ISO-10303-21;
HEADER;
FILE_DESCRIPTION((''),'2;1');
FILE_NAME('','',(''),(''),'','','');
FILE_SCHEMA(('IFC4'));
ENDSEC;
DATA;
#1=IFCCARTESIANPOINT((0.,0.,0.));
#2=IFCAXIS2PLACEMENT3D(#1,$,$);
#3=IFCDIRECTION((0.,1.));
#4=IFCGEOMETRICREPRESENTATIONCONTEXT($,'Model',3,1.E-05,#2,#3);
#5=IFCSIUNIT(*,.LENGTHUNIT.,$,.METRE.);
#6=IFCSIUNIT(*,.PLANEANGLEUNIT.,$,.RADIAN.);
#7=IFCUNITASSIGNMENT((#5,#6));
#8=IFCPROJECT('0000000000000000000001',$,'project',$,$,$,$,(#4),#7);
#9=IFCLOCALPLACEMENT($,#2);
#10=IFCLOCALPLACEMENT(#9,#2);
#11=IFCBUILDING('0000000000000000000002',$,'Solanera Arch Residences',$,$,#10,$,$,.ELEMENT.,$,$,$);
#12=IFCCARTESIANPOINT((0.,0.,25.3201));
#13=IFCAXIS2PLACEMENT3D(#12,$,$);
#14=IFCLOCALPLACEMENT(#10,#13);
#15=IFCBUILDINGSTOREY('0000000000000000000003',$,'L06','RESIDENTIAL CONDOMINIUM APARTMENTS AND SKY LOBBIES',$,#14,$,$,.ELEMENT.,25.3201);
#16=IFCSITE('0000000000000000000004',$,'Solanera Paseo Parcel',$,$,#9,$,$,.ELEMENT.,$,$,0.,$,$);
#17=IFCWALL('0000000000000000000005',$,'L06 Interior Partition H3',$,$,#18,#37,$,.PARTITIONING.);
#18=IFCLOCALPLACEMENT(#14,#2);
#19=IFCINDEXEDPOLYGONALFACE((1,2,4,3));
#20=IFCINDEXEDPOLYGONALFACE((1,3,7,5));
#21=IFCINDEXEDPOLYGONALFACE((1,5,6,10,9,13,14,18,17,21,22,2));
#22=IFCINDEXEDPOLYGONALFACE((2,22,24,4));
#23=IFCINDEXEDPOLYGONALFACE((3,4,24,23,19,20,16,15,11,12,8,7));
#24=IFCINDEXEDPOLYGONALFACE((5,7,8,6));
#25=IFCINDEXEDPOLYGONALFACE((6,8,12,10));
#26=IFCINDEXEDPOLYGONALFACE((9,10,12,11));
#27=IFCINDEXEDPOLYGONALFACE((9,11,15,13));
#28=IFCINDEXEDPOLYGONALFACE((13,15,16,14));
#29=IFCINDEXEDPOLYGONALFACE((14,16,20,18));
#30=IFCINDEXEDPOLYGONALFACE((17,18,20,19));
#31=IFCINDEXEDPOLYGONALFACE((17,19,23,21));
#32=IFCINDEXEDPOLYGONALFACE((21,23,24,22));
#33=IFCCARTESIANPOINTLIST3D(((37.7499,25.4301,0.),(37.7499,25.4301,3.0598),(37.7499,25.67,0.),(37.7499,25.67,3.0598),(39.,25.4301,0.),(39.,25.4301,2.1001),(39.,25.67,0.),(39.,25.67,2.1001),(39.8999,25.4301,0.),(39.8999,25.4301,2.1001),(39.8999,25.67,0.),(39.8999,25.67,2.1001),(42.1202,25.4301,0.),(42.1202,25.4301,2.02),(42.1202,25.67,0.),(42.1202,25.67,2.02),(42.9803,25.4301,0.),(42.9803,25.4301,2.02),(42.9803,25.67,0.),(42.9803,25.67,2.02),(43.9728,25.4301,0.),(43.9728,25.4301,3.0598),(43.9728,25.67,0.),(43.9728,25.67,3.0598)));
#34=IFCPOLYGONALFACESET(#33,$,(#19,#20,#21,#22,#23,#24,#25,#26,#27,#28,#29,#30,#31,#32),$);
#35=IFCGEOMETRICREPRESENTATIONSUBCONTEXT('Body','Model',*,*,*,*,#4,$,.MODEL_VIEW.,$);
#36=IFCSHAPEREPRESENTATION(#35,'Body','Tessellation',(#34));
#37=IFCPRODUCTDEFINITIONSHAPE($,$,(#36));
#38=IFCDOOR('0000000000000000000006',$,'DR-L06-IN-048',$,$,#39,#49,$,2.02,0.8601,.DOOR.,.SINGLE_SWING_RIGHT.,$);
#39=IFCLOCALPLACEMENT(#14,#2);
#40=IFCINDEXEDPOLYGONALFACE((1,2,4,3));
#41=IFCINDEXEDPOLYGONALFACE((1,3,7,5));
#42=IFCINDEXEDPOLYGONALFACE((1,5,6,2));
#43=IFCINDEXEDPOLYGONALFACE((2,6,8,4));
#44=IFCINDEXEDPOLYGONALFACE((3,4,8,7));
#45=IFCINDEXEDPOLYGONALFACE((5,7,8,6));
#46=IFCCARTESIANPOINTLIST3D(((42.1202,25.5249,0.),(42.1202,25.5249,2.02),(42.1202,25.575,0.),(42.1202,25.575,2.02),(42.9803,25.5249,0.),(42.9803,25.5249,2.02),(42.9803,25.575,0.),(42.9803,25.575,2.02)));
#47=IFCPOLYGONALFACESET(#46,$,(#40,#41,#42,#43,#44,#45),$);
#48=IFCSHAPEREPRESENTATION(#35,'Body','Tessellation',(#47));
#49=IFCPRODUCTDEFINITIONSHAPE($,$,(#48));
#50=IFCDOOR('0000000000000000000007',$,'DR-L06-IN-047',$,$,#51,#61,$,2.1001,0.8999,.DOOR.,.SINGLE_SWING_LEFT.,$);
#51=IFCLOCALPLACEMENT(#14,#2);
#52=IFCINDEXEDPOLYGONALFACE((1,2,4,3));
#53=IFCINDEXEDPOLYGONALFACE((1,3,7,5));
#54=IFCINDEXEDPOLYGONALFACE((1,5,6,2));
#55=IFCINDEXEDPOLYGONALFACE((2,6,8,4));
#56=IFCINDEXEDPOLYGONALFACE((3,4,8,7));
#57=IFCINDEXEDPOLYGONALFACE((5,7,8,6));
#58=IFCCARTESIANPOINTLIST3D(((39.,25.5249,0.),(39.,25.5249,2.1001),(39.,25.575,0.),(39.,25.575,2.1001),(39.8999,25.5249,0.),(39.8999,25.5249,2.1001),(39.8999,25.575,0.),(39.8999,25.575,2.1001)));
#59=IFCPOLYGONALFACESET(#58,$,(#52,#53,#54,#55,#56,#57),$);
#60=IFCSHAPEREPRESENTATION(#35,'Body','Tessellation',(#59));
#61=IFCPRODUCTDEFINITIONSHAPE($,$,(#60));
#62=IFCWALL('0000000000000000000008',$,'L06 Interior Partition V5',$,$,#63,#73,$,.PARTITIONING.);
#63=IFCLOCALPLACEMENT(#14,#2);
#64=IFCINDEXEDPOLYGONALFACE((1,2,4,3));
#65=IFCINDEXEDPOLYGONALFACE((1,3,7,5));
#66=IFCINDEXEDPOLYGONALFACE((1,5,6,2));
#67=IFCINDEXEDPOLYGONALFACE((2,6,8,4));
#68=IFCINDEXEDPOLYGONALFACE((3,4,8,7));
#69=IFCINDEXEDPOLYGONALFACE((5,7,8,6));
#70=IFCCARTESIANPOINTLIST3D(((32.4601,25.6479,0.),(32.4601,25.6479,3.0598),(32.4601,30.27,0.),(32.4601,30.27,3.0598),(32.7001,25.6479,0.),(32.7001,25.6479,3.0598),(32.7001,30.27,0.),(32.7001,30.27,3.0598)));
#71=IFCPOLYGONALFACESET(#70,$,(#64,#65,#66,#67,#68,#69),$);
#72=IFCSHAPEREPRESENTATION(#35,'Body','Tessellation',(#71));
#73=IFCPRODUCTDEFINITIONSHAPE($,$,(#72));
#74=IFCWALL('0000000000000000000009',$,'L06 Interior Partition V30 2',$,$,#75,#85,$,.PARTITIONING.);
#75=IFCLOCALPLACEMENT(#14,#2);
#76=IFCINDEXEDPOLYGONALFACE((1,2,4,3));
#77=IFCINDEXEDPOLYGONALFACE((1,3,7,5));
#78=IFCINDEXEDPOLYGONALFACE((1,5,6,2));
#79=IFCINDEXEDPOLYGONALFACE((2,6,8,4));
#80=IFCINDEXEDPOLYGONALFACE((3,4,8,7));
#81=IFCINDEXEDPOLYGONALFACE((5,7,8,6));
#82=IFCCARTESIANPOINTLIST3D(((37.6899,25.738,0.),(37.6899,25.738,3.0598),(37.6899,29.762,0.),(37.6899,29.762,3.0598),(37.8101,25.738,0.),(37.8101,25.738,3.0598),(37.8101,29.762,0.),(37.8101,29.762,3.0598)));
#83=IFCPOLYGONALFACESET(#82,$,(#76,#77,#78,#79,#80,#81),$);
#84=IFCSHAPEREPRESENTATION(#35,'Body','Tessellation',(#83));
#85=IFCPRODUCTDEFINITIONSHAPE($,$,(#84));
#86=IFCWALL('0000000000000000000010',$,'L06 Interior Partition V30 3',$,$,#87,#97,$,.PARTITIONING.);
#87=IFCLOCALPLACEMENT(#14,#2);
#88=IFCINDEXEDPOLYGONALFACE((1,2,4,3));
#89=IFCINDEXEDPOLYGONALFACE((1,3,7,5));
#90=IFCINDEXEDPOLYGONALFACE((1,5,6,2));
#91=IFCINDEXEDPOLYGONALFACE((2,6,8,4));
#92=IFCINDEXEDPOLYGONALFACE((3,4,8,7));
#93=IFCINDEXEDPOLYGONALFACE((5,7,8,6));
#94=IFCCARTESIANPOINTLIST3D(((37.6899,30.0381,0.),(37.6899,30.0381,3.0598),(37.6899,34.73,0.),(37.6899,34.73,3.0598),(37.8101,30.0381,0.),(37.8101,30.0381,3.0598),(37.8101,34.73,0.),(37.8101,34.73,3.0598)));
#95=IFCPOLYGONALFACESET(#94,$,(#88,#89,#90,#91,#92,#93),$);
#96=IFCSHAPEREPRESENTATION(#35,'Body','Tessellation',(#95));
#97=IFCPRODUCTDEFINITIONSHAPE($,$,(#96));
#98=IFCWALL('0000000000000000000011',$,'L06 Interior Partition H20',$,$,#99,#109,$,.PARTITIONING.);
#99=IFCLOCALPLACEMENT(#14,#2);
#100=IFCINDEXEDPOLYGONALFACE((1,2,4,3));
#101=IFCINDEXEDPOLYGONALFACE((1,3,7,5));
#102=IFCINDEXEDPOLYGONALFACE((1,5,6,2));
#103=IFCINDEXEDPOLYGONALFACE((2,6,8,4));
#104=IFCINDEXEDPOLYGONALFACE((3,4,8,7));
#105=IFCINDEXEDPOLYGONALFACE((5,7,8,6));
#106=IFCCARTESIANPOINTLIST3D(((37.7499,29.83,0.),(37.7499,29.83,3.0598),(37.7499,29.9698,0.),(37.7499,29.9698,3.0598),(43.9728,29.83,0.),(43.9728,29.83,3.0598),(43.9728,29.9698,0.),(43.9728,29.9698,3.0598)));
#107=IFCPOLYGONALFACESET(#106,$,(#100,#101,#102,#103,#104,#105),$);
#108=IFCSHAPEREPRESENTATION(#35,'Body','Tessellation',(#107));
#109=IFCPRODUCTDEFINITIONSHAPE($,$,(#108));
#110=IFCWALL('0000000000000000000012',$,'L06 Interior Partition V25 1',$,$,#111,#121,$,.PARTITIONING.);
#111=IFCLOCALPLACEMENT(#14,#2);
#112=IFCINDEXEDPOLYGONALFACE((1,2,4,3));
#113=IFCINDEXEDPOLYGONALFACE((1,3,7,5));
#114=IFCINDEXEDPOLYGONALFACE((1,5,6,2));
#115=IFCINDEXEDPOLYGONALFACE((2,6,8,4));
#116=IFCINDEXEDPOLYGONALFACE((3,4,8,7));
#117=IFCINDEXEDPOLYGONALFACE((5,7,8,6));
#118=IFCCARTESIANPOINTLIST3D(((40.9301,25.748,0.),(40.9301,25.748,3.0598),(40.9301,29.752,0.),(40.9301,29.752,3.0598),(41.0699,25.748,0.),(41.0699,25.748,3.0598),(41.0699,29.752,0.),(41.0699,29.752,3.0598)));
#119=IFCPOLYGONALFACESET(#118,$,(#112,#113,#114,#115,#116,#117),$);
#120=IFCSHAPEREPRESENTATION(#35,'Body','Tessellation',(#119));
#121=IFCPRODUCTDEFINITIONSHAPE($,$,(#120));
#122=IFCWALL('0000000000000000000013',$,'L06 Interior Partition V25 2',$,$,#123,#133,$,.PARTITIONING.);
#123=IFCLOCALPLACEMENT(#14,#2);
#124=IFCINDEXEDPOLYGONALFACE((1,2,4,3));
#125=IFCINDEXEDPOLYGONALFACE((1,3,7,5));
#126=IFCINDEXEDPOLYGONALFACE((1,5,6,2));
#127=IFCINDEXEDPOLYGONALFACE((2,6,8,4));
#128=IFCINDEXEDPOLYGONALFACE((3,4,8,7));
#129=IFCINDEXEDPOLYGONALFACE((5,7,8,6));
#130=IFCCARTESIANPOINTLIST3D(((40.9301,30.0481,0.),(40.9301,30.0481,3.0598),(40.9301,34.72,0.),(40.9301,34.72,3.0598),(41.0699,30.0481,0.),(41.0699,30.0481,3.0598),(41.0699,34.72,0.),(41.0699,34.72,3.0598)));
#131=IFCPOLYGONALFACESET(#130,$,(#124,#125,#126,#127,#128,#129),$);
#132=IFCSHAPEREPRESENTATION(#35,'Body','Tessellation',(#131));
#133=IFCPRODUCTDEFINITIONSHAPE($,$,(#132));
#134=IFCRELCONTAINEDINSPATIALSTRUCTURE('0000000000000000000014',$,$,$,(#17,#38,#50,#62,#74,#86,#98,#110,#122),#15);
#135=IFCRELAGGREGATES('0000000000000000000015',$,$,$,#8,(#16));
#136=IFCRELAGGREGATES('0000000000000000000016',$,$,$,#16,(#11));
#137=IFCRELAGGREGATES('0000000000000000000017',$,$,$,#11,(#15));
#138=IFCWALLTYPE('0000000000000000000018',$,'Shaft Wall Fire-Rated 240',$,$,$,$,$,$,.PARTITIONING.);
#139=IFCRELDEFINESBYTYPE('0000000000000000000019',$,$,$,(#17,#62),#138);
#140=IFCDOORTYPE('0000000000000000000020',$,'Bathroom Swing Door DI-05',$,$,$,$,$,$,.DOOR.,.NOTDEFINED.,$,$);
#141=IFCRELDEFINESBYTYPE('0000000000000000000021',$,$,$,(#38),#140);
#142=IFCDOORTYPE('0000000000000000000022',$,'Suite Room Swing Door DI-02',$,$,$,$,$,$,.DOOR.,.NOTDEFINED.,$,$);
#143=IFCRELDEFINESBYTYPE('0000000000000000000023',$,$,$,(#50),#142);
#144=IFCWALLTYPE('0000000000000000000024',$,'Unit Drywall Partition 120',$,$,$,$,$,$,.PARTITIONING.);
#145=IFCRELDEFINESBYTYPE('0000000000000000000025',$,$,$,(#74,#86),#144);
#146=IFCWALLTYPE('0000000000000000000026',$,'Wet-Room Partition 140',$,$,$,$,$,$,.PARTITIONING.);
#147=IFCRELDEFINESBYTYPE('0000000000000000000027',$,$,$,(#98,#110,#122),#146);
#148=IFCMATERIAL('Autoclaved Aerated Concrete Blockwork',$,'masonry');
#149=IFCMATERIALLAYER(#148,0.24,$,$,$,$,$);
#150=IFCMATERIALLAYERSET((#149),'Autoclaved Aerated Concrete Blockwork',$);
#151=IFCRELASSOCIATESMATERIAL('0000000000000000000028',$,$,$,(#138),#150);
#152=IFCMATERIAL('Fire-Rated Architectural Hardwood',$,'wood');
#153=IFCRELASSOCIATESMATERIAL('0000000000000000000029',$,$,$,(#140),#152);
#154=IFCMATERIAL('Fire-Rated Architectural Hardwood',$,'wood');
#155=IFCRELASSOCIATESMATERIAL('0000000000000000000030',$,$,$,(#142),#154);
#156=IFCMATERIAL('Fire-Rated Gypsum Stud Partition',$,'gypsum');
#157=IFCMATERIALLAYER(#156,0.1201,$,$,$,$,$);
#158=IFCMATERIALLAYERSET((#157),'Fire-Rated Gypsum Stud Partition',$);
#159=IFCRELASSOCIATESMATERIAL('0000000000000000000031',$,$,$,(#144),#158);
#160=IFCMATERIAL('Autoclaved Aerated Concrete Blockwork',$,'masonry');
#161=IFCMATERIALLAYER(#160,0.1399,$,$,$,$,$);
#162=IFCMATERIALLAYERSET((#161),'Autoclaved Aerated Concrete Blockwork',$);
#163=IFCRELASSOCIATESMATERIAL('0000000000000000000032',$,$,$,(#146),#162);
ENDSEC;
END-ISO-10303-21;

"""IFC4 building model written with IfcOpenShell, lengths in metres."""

from ifc_helpers import new_model, si_unit, direction, frame, frame_2d, origin, place, context, subcontext, project, spatial, rectangle, extrude, material, layer, layer_set, type_object, element, fill, save


model = new_model("IFC4")

# Units and contexts
model_context = context("Model", 3, precision=1e-05, world=origin(), true_north=direction((0.0, 1.0)))
body_context = subcontext(model_context, "Body", "Model", "MODEL_VIEW")
ifc_project = project(units=[si_unit("LENGTHUNIT", "METRE"), si_unit("PLANEANGLEUNIT", "RADIAN")], contexts=[model_context])

# Site, building, storey
site_placement = place(None, origin())
site = spatial("IfcSite", under=ifc_project, at=site_placement, Name="Solanera Paseo Parcel", CompositionType="ELEMENT", RefElevation=0.0)
building_placement = place(site_placement, origin())
building = spatial("IfcBuilding", under=site, at=building_placement, Name="Solanera Arch Residences", CompositionType="ELEMENT")
storey_placement = place(building_placement, frame((0.0, 0.0, 25.3201)))
storey = spatial("IfcBuildingStorey", under=building, at=storey_placement, Name="L06", Description="RESIDENTIAL CONDOMINIUM APARTMENTS AND SKY LOBBIES", CompositionType="ELEMENT", Elevation=25.3201)

# Shared definitions
ifc_material_1 = material(Name="Autoclaved Aerated Concrete Blockwork", Category="masonry")
ifc_layer_1 = layer(ifc_material_1, 0.24)
ifc_layer_set_1 = layer_set([ifc_layer_1], Name="Autoclaved Aerated Concrete Blockwork")
wall_type_1 = type_object("IfcWallType", Name="Shaft Wall Fire-Rated 240", PredefinedType="PARTITIONING", material=ifc_layer_set_1)

# Wall, openings, doors
wall_1_placement = place(storey_placement, frame((37.75, 25.55, 0.0), z_axis=(0.0, 0.0, 1.0), x_axis=(1.0, 0.0, 0.0)))
wall_1 = element("IfcWall", 1, at=wall_1_placement, inside=storey, type_object=wall_type_1, Name="L06 Interior Partition H3", PredefinedType="PARTITIONING", context=body_context, shape_type="SweptSolid", body=[
    extrude(rectangle(XDim=6.2229, YDim=0.24, at=frame_2d((3.1113, 0.0))), origin(), (0.0, 0.0, 1.0), 3.0598),
])
opening_1_placement = place(wall_1_placement, frame((1.25, 0.0, 0.0)))
opening_1 = element("IfcOpeningElement", 2, at=opening_1_placement, cuts=wall_1, PredefinedType="OPENING", context=body_context, shape_type="SweptSolid", body=[
    extrude(rectangle(XDim=0.8999, YDim=2.1001, at=frame_2d((0.45, 1.05))), frame((0.0, 0.1299, 0.0), z_axis=(0.0, -1.0, 0.0), x_axis=(1.0, 0.0, 0.0)), (0.0, 0.0, 1.0), 0.26),
])
opening_2_placement = place(wall_1_placement, frame((4.3701, 0.0, 0.0)))
opening_2 = element("IfcOpeningElement", 3, at=opening_2_placement, cuts=wall_1, PredefinedType="OPENING", context=body_context, shape_type="SweptSolid", body=[
    extrude(rectangle(XDim=0.8601, YDim=2.02, at=frame_2d((0.4302, 1.01))), frame((0.0, 0.1299, 0.0), z_axis=(0.0, -1.0, 0.0), x_axis=(1.0, 0.0, 0.0)), (0.0, 0.0, 1.0), 0.26),
])
ifc_material_2 = material(Name="Fire-Rated Architectural Hardwood", Category="wood")
door_type_1 = type_object("IfcDoorType", Name="Bathroom Swing Door DI-05", OperationType="NOTDEFINED", PredefinedType="DOOR", material=ifc_material_2)
door_1_placement = place(opening_2_placement, origin())
door_1 = element("IfcDoor", 4, at=door_1_placement, inside=storey, type_object=door_type_1, Name="DR-L06-IN-048", OperationType="SINGLE_SWING_RIGHT", OverallHeight=2.02, OverallWidth=0.8601, PredefinedType="DOOR", context=body_context, shape_type="SweptSolid", body=[
    extrude(rectangle(XDim=0.8601, YDim=2.02, at=frame_2d((0.4302, 1.01))), frame((0.0, 0.0249, 0.0), z_axis=(0.0, -1.0, 0.0), x_axis=(1.0, 0.0, 0.0)), (0.0, 0.0, 1.0), 0.05),
])
fill(opening_2, door_1)
ifc_material_3 = material(Name="Fire-Rated Architectural Hardwood", Category="wood")
door_type_2 = type_object("IfcDoorType", Name="Suite Room Swing Door DI-02", OperationType="NOTDEFINED", PredefinedType="DOOR", material=ifc_material_3)
door_2_placement = place(opening_1_placement, origin())
door_2 = element("IfcDoor", 5, at=door_2_placement, inside=storey, type_object=door_type_2, Name="DR-L06-IN-047", OperationType="SINGLE_SWING_LEFT", OverallHeight=2.1001, OverallWidth=0.8999, PredefinedType="DOOR", context=body_context, shape_type="SweptSolid", body=[
    extrude(rectangle(XDim=0.8999, YDim=2.1001, at=frame_2d((0.45, 1.05))), frame((0.0, 0.0249, 0.0), z_axis=(0.0, -1.0, 0.0), x_axis=(1.0, 0.0, 0.0)), (0.0, 0.0, 1.0), 0.05),
])
fill(opening_1, door_2)

# Walls
wall_2_placement = place(storey_placement, frame((32.5801, 25.6479, 0.0), z_axis=(0.0, 0.0, 1.0), x_axis=(0.0, 1.0, 0.0)))
element("IfcWall", 6, at=wall_2_placement, inside=storey, type_object=wall_type_1, Name="L06 Interior Partition V5", PredefinedType="PARTITIONING", context=body_context, shape_type="SweptSolid", body=[
    extrude(rectangle(XDim=4.6221, YDim=0.24, at=frame_2d((2.311, 0.0))), origin(), (0.0, 0.0, 1.0), 3.0598),
])
ifc_material_4 = material(Name="Fire-Rated Gypsum Stud Partition", Category="gypsum")
ifc_layer_2 = layer(ifc_material_4, 0.1201)
ifc_layer_set_2 = layer_set([ifc_layer_2], Name="Fire-Rated Gypsum Stud Partition")
wall_type_2 = type_object("IfcWallType", Name="Unit Drywall Partition 120", PredefinedType="PARTITIONING", material=ifc_layer_set_2)
wall_3_placement = place(storey_placement, frame((37.75, 25.738, 0.0), z_axis=(0.0, 0.0, 1.0), x_axis=(0.0, 1.0, 0.0)))
element("IfcWall", 7, at=wall_3_placement, inside=storey, type_object=wall_type_2, Name="L06 Interior Partition V30 2", PredefinedType="PARTITIONING", context=body_context, shape_type="SweptSolid", body=[
    extrude(rectangle(XDim=4.0239, YDim=0.1201, at=frame_2d((2.012, 0.0))), origin(), (0.0, 0.0, 1.0), 3.0598),
])
wall_4_placement = place(storey_placement, frame((37.75, 30.0381, 0.0), z_axis=(0.0, 0.0, 1.0), x_axis=(0.0, 1.0, 0.0)))
element("IfcWall", 8, at=wall_4_placement, inside=storey, type_object=wall_type_2, Name="L06 Interior Partition V30 3", PredefinedType="PARTITIONING", context=body_context, shape_type="SweptSolid", body=[
    extrude(rectangle(XDim=4.6919, YDim=0.1201, at=frame_2d((2.3459, 0.0))), origin(), (0.0, 0.0, 1.0), 3.0598),
])
ifc_material_5 = material(Name="Autoclaved Aerated Concrete Blockwork", Category="masonry")
ifc_layer_3 = layer(ifc_material_5, 0.1399)
ifc_layer_set_3 = layer_set([ifc_layer_3], Name="Autoclaved Aerated Concrete Blockwork")
wall_type_3 = type_object("IfcWallType", Name="Wet-Room Partition 140", PredefinedType="PARTITIONING", material=ifc_layer_set_3)
wall_5_placement = place(storey_placement, frame((37.75, 29.8999, 0.0), z_axis=(0.0, 0.0, 1.0), x_axis=(1.0, 0.0, 0.0)))
element("IfcWall", 9, at=wall_5_placement, inside=storey, type_object=wall_type_3, Name="L06 Interior Partition H20", PredefinedType="PARTITIONING", context=body_context, shape_type="SweptSolid", body=[
    extrude(rectangle(XDim=6.2229, YDim=0.1399, at=frame_2d((3.1113, 0.0))), origin(), (0.0, 0.0, 1.0), 3.0598),
])
wall_6_placement = place(storey_placement, frame((41.0, 25.748, 0.0), z_axis=(0.0, 0.0, 1.0), x_axis=(0.0, 1.0, 0.0)))
element("IfcWall", 10, at=wall_6_placement, inside=storey, type_object=wall_type_3, Name="L06 Interior Partition V25 1", PredefinedType="PARTITIONING", context=body_context, shape_type="SweptSolid", body=[
    extrude(rectangle(XDim=4.0039, YDim=0.1399, at=frame_2d((2.002, 0.0))), origin(), (0.0, 0.0, 1.0), 3.0598),
])
wall_7_placement = place(storey_placement, frame((41.0, 30.0481, 0.0), z_axis=(0.0, 0.0, 1.0), x_axis=(0.0, 1.0, 0.0)))
element("IfcWall", 11, at=wall_7_placement, inside=storey, type_object=wall_type_3, Name="L06 Interior Partition V25 2", PredefinedType="PARTITIONING", context=body_context, shape_type="SweptSolid", body=[
    extrude(rectangle(XDim=4.6719, YDim=0.1399, at=frame_2d((2.3359, 0.0))), origin(), (0.0, 0.0, 1.0), 3.0598),
])

save(model, "model.ifc")
